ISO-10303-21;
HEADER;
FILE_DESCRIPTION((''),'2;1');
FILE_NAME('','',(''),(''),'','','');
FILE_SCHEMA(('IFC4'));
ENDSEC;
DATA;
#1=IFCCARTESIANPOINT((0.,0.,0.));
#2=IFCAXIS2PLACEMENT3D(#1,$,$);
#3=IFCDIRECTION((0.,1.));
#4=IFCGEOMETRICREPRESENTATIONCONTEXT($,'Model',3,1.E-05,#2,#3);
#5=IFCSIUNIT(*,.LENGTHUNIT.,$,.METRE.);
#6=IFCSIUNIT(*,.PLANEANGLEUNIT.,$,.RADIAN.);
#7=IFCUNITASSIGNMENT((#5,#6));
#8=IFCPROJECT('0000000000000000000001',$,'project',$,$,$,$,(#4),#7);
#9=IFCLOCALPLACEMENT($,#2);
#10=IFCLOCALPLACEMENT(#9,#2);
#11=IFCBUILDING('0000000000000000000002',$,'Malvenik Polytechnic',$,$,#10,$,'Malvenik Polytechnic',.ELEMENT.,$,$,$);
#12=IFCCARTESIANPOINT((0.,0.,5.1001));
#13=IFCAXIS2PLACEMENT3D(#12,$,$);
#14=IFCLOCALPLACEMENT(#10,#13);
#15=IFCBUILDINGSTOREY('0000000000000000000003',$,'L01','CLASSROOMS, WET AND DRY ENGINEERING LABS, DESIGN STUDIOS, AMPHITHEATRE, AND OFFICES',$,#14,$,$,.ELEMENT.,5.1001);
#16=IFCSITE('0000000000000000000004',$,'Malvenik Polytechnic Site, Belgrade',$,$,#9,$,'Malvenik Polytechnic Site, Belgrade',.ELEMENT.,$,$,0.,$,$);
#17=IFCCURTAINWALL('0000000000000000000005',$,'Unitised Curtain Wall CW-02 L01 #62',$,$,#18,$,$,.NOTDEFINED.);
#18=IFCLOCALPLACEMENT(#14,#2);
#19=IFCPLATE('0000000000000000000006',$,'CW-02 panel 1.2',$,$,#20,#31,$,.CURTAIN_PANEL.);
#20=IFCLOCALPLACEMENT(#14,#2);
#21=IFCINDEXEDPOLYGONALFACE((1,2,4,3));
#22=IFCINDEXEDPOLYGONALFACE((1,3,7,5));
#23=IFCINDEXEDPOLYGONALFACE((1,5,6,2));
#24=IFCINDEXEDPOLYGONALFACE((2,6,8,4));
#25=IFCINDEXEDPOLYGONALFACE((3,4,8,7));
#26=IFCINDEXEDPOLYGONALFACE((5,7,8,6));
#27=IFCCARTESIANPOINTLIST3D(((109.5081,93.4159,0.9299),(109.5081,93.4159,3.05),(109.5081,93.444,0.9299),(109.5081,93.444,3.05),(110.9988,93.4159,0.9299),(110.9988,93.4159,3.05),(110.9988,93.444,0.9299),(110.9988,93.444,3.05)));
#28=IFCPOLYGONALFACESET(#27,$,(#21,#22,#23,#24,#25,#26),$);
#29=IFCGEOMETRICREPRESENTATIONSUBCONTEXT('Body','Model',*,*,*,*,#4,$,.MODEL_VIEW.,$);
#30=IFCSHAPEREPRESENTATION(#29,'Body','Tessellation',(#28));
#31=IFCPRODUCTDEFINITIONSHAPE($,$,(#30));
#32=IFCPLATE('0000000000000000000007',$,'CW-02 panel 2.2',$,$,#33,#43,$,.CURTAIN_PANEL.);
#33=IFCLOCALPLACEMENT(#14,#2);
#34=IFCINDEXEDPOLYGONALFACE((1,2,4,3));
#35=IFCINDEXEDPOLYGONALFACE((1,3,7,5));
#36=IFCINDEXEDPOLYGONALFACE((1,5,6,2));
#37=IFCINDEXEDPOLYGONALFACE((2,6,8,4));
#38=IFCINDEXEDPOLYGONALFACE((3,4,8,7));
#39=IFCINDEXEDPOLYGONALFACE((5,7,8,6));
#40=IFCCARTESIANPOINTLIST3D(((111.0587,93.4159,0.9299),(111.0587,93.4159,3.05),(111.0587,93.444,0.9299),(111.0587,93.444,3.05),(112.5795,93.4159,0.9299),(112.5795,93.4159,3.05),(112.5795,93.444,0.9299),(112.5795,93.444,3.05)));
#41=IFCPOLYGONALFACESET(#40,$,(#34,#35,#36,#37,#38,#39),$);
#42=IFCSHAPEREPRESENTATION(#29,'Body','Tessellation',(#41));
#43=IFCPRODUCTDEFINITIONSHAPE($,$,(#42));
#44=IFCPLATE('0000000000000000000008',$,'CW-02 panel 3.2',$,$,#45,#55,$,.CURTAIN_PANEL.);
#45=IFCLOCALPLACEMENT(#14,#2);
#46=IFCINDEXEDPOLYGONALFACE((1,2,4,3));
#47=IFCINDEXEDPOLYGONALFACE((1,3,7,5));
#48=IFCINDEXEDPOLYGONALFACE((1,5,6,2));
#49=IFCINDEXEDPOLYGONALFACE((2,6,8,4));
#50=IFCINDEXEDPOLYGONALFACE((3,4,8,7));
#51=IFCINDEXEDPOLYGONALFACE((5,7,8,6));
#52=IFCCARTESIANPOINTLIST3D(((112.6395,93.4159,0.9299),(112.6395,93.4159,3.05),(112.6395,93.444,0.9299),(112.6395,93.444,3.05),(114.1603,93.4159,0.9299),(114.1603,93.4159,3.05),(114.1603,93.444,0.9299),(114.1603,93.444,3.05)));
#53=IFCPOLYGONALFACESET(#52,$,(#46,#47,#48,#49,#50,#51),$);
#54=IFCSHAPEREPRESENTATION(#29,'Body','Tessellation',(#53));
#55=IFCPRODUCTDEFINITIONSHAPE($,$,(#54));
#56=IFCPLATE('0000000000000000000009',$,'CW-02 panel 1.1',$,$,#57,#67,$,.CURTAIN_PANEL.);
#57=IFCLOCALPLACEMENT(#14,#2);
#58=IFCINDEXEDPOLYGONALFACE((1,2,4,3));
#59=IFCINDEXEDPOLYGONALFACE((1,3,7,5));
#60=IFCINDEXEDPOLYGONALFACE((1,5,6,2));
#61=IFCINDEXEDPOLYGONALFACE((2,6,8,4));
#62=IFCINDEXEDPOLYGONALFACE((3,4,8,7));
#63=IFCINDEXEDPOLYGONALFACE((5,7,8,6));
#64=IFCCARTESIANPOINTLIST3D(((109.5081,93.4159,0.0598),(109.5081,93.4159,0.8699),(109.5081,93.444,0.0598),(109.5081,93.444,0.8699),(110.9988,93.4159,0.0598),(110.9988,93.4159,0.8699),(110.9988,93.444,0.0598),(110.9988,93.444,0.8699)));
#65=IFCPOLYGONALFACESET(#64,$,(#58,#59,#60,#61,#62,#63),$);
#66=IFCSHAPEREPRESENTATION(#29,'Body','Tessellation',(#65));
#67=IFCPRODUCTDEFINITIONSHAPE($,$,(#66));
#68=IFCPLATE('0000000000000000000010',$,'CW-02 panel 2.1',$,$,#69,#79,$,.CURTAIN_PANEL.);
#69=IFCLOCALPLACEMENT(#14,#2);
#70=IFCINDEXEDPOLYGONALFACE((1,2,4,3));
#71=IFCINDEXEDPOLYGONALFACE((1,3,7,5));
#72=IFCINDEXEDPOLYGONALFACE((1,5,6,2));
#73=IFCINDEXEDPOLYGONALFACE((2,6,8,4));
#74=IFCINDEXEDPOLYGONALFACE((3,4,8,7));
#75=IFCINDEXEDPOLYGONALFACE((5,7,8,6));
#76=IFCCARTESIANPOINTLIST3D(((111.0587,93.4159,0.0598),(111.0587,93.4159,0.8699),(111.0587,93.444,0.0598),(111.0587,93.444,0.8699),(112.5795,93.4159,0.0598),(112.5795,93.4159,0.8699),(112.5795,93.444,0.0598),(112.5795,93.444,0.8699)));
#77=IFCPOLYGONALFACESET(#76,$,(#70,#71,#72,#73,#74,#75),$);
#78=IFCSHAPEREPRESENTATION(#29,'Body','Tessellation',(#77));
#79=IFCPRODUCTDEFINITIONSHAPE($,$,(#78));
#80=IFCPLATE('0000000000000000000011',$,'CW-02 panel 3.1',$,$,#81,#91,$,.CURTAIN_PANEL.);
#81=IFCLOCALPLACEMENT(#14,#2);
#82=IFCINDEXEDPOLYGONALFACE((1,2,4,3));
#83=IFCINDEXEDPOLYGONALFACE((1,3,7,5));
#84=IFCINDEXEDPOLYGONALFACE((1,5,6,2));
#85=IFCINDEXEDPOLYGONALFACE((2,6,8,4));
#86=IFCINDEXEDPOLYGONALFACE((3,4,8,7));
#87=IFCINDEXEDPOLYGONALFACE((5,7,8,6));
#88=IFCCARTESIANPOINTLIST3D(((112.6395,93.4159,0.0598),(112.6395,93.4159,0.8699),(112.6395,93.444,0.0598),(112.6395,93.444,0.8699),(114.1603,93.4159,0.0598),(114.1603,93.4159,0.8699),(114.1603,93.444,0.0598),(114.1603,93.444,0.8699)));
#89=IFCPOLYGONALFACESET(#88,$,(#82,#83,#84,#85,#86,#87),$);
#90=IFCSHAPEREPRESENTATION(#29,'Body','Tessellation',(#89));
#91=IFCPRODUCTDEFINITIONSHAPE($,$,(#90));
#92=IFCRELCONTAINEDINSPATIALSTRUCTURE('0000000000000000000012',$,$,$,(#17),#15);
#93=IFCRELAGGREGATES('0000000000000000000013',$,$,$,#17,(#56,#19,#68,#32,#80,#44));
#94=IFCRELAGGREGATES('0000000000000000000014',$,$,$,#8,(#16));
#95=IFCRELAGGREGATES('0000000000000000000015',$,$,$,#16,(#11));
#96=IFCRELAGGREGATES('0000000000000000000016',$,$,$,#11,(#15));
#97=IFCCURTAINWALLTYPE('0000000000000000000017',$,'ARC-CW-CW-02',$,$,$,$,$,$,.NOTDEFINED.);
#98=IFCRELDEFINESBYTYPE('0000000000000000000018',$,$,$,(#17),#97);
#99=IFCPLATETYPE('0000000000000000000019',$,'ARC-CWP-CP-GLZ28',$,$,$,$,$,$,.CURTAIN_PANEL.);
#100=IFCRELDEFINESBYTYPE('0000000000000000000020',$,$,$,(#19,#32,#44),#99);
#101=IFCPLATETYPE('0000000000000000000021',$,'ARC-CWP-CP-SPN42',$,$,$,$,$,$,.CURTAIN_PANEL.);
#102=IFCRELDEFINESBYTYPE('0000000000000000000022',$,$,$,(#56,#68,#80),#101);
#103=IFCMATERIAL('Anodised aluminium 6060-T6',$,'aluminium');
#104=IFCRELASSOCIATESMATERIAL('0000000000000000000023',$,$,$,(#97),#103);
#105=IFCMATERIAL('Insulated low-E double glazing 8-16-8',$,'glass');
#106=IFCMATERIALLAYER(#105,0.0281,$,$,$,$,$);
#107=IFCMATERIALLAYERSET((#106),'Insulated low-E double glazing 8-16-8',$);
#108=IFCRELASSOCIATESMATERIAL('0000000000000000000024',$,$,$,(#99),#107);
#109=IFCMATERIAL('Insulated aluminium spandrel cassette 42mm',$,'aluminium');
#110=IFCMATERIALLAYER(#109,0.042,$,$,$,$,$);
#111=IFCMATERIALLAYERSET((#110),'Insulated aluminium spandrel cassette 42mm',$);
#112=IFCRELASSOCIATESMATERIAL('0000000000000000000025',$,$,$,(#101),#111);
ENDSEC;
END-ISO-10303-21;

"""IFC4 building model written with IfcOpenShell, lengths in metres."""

from ifc_helpers import new_model, si_unit, direction, frame, origin, origin_2d, place, context, subcontext, project, spatial, rectangle, extrude, material, layer, layer_set, type_object, element, aggregate, save


model = new_model("IFC4")

# Units and contexts
model_context = context("Model", 3, precision=1e-05, world=origin(), true_north=direction((0.0, 1.0)))
body_context = subcontext(model_context, "Body", "Model", "MODEL_VIEW")
ifc_project = project(units=[si_unit("LENGTHUNIT", "METRE"), si_unit("PLANEANGLEUNIT", "RADIAN")], contexts=[model_context])

# Site, building, storey
site_placement = place(None, origin())
site = spatial("IfcSite", under=ifc_project, at=site_placement, Name="Malvenik Polytechnic Site, Belgrade", LongName="Malvenik Polytechnic Site, Belgrade", CompositionType="ELEMENT", RefElevation=0.0)
building_placement = place(site_placement, origin())
building = spatial("IfcBuilding", under=site, at=building_placement, Name="Malvenik Polytechnic", LongName="Malvenik Polytechnic", CompositionType="ELEMENT")
storey_placement = place(building_placement, frame((0.0, 0.0, 5.1001)))
storey = spatial("IfcBuildingStorey", under=building, at=storey_placement, Name="L01", Description="CLASSROOMS, WET AND DRY ENGINEERING LABS, DESIGN STUDIOS, AMPHITHEATRE, AND OFFICES", CompositionType="ELEMENT", Elevation=5.1001)

# Curtain wall
ifc_material_1 = material(Name="Anodised aluminium 6060-T6", Category="aluminium")
curtain_wall_type = type_object("IfcCurtainWallType", Name="ARC-CW-CW-02", PredefinedType="NOTDEFINED", material=ifc_material_1)
curtain_wall_placement = place(storey_placement, origin())
curtain_wall = element("IfcCurtainWall", 1, at=curtain_wall_placement, inside=storey, type_object=curtain_wall_type, Name="Unitised Curtain Wall CW-02 L01 #62", PredefinedType="NOTDEFINED")

# Plates
ifc_material_2 = material(Name="Insulated low-E double glazing 8-16-8", Category="glass")
ifc_layer_1 = layer(ifc_material_2, 0.0281)
ifc_layer_set_1 = layer_set([ifc_layer_1], Name="Insulated low-E double glazing 8-16-8")
plate_type_1 = type_object("IfcPlateType", Name="ARC-CWP-CP-GLZ28", PredefinedType="CURTAIN_PANEL", material=ifc_layer_set_1)
plate_1_placement = place(storey_placement, frame((110.2534, 93.4299, 0.9299), z_axis=(0.0, 0.0, 1.0), x_axis=(1.0, 0.0, 0.0)))
plate_1 = element("IfcPlate", 2, at=plate_1_placement, type_object=plate_type_1, Name="CW-02 panel 1.2", PredefinedType="CURTAIN_PANEL", context=body_context, shape_type="SweptSolid", body=[
    extrude(rectangle(XDim=1.4907, YDim=0.0281, at=origin_2d()), origin(), (0.0, 0.0, 1.0), 2.1201),
])
plate_2_placement = place(storey_placement, frame((111.8191, 93.4299, 0.9299), z_axis=(0.0, 0.0, 1.0), x_axis=(1.0, 0.0, 0.0)))
plate_2 = element("IfcPlate", 3, at=plate_2_placement, type_object=plate_type_1, Name="CW-02 panel 2.2", PredefinedType="CURTAIN_PANEL", context=body_context, shape_type="SweptSolid", body=[
    extrude(rectangle(XDim=1.5208, YDim=0.0281, at=origin_2d()), origin(), (0.0, 0.0, 1.0), 2.1201),
])
plate_3_placement = place(storey_placement, frame((113.3999, 93.4299, 0.9299), z_axis=(0.0, 0.0, 1.0), x_axis=(1.0, 0.0, 0.0)))
plate_3 = element("IfcPlate", 4, at=plate_3_placement, type_object=plate_type_1, Name="CW-02 panel 3.2", PredefinedType="CURTAIN_PANEL", context=body_context, shape_type="SweptSolid", body=[
    extrude(rectangle(XDim=1.5208, YDim=0.0281, at=origin_2d()), origin(), (0.0, 0.0, 1.0), 2.1201),
])
ifc_material_3 = material(Name="Insulated aluminium spandrel cassette 42mm", Category="aluminium")
ifc_layer_2 = layer(ifc_material_3, 0.042)
ifc_layer_set_2 = layer_set([ifc_layer_2], Name="Insulated aluminium spandrel cassette 42mm")
plate_type_2 = type_object("IfcPlateType", Name="ARC-CWP-CP-SPN42", PredefinedType="CURTAIN_PANEL", material=ifc_layer_set_2)
plate_4_placement = place(storey_placement, frame((110.2534, 93.4299, 0.0598), z_axis=(0.0, 0.0, 1.0), x_axis=(1.0, 0.0, 0.0)))
plate_4 = element("IfcPlate", 5, at=plate_4_placement, type_object=plate_type_2, Name="CW-02 panel 1.1", PredefinedType="CURTAIN_PANEL", context=body_context, shape_type="SweptSolid", body=[
    extrude(rectangle(XDim=1.4907, YDim=0.0281, at=origin_2d()), origin(), (0.0, 0.0, 1.0), 0.8101),
])
plate_5_placement = place(storey_placement, frame((111.8191, 93.4299, 0.0598), z_axis=(0.0, 0.0, 1.0), x_axis=(1.0, 0.0, 0.0)))
plate_5 = element("IfcPlate", 6, at=plate_5_placement, type_object=plate_type_2, Name="CW-02 panel 2.1", PredefinedType="CURTAIN_PANEL", context=body_context, shape_type="SweptSolid", body=[
    extrude(rectangle(XDim=1.5208, YDim=0.0281, at=origin_2d()), origin(), (0.0, 0.0, 1.0), 0.8101),
])
plate_6_placement = place(storey_placement, frame((113.3999, 93.4299, 0.0598), z_axis=(0.0, 0.0, 1.0), x_axis=(1.0, 0.0, 0.0)))
plate_6 = element("IfcPlate", 7, at=plate_6_placement, type_object=plate_type_2, Name="CW-02 panel 3.1", PredefinedType="CURTAIN_PANEL", context=body_context, shape_type="SweptSolid", body=[
    extrude(rectangle(XDim=1.5208, YDim=0.0281, at=origin_2d()), origin(), (0.0, 0.0, 1.0), 0.8101),
])
aggregate(curtain_wall, [plate_4, plate_1, plate_5, plate_2, plate_6, plate_3])

save(model, "model.ifc")
